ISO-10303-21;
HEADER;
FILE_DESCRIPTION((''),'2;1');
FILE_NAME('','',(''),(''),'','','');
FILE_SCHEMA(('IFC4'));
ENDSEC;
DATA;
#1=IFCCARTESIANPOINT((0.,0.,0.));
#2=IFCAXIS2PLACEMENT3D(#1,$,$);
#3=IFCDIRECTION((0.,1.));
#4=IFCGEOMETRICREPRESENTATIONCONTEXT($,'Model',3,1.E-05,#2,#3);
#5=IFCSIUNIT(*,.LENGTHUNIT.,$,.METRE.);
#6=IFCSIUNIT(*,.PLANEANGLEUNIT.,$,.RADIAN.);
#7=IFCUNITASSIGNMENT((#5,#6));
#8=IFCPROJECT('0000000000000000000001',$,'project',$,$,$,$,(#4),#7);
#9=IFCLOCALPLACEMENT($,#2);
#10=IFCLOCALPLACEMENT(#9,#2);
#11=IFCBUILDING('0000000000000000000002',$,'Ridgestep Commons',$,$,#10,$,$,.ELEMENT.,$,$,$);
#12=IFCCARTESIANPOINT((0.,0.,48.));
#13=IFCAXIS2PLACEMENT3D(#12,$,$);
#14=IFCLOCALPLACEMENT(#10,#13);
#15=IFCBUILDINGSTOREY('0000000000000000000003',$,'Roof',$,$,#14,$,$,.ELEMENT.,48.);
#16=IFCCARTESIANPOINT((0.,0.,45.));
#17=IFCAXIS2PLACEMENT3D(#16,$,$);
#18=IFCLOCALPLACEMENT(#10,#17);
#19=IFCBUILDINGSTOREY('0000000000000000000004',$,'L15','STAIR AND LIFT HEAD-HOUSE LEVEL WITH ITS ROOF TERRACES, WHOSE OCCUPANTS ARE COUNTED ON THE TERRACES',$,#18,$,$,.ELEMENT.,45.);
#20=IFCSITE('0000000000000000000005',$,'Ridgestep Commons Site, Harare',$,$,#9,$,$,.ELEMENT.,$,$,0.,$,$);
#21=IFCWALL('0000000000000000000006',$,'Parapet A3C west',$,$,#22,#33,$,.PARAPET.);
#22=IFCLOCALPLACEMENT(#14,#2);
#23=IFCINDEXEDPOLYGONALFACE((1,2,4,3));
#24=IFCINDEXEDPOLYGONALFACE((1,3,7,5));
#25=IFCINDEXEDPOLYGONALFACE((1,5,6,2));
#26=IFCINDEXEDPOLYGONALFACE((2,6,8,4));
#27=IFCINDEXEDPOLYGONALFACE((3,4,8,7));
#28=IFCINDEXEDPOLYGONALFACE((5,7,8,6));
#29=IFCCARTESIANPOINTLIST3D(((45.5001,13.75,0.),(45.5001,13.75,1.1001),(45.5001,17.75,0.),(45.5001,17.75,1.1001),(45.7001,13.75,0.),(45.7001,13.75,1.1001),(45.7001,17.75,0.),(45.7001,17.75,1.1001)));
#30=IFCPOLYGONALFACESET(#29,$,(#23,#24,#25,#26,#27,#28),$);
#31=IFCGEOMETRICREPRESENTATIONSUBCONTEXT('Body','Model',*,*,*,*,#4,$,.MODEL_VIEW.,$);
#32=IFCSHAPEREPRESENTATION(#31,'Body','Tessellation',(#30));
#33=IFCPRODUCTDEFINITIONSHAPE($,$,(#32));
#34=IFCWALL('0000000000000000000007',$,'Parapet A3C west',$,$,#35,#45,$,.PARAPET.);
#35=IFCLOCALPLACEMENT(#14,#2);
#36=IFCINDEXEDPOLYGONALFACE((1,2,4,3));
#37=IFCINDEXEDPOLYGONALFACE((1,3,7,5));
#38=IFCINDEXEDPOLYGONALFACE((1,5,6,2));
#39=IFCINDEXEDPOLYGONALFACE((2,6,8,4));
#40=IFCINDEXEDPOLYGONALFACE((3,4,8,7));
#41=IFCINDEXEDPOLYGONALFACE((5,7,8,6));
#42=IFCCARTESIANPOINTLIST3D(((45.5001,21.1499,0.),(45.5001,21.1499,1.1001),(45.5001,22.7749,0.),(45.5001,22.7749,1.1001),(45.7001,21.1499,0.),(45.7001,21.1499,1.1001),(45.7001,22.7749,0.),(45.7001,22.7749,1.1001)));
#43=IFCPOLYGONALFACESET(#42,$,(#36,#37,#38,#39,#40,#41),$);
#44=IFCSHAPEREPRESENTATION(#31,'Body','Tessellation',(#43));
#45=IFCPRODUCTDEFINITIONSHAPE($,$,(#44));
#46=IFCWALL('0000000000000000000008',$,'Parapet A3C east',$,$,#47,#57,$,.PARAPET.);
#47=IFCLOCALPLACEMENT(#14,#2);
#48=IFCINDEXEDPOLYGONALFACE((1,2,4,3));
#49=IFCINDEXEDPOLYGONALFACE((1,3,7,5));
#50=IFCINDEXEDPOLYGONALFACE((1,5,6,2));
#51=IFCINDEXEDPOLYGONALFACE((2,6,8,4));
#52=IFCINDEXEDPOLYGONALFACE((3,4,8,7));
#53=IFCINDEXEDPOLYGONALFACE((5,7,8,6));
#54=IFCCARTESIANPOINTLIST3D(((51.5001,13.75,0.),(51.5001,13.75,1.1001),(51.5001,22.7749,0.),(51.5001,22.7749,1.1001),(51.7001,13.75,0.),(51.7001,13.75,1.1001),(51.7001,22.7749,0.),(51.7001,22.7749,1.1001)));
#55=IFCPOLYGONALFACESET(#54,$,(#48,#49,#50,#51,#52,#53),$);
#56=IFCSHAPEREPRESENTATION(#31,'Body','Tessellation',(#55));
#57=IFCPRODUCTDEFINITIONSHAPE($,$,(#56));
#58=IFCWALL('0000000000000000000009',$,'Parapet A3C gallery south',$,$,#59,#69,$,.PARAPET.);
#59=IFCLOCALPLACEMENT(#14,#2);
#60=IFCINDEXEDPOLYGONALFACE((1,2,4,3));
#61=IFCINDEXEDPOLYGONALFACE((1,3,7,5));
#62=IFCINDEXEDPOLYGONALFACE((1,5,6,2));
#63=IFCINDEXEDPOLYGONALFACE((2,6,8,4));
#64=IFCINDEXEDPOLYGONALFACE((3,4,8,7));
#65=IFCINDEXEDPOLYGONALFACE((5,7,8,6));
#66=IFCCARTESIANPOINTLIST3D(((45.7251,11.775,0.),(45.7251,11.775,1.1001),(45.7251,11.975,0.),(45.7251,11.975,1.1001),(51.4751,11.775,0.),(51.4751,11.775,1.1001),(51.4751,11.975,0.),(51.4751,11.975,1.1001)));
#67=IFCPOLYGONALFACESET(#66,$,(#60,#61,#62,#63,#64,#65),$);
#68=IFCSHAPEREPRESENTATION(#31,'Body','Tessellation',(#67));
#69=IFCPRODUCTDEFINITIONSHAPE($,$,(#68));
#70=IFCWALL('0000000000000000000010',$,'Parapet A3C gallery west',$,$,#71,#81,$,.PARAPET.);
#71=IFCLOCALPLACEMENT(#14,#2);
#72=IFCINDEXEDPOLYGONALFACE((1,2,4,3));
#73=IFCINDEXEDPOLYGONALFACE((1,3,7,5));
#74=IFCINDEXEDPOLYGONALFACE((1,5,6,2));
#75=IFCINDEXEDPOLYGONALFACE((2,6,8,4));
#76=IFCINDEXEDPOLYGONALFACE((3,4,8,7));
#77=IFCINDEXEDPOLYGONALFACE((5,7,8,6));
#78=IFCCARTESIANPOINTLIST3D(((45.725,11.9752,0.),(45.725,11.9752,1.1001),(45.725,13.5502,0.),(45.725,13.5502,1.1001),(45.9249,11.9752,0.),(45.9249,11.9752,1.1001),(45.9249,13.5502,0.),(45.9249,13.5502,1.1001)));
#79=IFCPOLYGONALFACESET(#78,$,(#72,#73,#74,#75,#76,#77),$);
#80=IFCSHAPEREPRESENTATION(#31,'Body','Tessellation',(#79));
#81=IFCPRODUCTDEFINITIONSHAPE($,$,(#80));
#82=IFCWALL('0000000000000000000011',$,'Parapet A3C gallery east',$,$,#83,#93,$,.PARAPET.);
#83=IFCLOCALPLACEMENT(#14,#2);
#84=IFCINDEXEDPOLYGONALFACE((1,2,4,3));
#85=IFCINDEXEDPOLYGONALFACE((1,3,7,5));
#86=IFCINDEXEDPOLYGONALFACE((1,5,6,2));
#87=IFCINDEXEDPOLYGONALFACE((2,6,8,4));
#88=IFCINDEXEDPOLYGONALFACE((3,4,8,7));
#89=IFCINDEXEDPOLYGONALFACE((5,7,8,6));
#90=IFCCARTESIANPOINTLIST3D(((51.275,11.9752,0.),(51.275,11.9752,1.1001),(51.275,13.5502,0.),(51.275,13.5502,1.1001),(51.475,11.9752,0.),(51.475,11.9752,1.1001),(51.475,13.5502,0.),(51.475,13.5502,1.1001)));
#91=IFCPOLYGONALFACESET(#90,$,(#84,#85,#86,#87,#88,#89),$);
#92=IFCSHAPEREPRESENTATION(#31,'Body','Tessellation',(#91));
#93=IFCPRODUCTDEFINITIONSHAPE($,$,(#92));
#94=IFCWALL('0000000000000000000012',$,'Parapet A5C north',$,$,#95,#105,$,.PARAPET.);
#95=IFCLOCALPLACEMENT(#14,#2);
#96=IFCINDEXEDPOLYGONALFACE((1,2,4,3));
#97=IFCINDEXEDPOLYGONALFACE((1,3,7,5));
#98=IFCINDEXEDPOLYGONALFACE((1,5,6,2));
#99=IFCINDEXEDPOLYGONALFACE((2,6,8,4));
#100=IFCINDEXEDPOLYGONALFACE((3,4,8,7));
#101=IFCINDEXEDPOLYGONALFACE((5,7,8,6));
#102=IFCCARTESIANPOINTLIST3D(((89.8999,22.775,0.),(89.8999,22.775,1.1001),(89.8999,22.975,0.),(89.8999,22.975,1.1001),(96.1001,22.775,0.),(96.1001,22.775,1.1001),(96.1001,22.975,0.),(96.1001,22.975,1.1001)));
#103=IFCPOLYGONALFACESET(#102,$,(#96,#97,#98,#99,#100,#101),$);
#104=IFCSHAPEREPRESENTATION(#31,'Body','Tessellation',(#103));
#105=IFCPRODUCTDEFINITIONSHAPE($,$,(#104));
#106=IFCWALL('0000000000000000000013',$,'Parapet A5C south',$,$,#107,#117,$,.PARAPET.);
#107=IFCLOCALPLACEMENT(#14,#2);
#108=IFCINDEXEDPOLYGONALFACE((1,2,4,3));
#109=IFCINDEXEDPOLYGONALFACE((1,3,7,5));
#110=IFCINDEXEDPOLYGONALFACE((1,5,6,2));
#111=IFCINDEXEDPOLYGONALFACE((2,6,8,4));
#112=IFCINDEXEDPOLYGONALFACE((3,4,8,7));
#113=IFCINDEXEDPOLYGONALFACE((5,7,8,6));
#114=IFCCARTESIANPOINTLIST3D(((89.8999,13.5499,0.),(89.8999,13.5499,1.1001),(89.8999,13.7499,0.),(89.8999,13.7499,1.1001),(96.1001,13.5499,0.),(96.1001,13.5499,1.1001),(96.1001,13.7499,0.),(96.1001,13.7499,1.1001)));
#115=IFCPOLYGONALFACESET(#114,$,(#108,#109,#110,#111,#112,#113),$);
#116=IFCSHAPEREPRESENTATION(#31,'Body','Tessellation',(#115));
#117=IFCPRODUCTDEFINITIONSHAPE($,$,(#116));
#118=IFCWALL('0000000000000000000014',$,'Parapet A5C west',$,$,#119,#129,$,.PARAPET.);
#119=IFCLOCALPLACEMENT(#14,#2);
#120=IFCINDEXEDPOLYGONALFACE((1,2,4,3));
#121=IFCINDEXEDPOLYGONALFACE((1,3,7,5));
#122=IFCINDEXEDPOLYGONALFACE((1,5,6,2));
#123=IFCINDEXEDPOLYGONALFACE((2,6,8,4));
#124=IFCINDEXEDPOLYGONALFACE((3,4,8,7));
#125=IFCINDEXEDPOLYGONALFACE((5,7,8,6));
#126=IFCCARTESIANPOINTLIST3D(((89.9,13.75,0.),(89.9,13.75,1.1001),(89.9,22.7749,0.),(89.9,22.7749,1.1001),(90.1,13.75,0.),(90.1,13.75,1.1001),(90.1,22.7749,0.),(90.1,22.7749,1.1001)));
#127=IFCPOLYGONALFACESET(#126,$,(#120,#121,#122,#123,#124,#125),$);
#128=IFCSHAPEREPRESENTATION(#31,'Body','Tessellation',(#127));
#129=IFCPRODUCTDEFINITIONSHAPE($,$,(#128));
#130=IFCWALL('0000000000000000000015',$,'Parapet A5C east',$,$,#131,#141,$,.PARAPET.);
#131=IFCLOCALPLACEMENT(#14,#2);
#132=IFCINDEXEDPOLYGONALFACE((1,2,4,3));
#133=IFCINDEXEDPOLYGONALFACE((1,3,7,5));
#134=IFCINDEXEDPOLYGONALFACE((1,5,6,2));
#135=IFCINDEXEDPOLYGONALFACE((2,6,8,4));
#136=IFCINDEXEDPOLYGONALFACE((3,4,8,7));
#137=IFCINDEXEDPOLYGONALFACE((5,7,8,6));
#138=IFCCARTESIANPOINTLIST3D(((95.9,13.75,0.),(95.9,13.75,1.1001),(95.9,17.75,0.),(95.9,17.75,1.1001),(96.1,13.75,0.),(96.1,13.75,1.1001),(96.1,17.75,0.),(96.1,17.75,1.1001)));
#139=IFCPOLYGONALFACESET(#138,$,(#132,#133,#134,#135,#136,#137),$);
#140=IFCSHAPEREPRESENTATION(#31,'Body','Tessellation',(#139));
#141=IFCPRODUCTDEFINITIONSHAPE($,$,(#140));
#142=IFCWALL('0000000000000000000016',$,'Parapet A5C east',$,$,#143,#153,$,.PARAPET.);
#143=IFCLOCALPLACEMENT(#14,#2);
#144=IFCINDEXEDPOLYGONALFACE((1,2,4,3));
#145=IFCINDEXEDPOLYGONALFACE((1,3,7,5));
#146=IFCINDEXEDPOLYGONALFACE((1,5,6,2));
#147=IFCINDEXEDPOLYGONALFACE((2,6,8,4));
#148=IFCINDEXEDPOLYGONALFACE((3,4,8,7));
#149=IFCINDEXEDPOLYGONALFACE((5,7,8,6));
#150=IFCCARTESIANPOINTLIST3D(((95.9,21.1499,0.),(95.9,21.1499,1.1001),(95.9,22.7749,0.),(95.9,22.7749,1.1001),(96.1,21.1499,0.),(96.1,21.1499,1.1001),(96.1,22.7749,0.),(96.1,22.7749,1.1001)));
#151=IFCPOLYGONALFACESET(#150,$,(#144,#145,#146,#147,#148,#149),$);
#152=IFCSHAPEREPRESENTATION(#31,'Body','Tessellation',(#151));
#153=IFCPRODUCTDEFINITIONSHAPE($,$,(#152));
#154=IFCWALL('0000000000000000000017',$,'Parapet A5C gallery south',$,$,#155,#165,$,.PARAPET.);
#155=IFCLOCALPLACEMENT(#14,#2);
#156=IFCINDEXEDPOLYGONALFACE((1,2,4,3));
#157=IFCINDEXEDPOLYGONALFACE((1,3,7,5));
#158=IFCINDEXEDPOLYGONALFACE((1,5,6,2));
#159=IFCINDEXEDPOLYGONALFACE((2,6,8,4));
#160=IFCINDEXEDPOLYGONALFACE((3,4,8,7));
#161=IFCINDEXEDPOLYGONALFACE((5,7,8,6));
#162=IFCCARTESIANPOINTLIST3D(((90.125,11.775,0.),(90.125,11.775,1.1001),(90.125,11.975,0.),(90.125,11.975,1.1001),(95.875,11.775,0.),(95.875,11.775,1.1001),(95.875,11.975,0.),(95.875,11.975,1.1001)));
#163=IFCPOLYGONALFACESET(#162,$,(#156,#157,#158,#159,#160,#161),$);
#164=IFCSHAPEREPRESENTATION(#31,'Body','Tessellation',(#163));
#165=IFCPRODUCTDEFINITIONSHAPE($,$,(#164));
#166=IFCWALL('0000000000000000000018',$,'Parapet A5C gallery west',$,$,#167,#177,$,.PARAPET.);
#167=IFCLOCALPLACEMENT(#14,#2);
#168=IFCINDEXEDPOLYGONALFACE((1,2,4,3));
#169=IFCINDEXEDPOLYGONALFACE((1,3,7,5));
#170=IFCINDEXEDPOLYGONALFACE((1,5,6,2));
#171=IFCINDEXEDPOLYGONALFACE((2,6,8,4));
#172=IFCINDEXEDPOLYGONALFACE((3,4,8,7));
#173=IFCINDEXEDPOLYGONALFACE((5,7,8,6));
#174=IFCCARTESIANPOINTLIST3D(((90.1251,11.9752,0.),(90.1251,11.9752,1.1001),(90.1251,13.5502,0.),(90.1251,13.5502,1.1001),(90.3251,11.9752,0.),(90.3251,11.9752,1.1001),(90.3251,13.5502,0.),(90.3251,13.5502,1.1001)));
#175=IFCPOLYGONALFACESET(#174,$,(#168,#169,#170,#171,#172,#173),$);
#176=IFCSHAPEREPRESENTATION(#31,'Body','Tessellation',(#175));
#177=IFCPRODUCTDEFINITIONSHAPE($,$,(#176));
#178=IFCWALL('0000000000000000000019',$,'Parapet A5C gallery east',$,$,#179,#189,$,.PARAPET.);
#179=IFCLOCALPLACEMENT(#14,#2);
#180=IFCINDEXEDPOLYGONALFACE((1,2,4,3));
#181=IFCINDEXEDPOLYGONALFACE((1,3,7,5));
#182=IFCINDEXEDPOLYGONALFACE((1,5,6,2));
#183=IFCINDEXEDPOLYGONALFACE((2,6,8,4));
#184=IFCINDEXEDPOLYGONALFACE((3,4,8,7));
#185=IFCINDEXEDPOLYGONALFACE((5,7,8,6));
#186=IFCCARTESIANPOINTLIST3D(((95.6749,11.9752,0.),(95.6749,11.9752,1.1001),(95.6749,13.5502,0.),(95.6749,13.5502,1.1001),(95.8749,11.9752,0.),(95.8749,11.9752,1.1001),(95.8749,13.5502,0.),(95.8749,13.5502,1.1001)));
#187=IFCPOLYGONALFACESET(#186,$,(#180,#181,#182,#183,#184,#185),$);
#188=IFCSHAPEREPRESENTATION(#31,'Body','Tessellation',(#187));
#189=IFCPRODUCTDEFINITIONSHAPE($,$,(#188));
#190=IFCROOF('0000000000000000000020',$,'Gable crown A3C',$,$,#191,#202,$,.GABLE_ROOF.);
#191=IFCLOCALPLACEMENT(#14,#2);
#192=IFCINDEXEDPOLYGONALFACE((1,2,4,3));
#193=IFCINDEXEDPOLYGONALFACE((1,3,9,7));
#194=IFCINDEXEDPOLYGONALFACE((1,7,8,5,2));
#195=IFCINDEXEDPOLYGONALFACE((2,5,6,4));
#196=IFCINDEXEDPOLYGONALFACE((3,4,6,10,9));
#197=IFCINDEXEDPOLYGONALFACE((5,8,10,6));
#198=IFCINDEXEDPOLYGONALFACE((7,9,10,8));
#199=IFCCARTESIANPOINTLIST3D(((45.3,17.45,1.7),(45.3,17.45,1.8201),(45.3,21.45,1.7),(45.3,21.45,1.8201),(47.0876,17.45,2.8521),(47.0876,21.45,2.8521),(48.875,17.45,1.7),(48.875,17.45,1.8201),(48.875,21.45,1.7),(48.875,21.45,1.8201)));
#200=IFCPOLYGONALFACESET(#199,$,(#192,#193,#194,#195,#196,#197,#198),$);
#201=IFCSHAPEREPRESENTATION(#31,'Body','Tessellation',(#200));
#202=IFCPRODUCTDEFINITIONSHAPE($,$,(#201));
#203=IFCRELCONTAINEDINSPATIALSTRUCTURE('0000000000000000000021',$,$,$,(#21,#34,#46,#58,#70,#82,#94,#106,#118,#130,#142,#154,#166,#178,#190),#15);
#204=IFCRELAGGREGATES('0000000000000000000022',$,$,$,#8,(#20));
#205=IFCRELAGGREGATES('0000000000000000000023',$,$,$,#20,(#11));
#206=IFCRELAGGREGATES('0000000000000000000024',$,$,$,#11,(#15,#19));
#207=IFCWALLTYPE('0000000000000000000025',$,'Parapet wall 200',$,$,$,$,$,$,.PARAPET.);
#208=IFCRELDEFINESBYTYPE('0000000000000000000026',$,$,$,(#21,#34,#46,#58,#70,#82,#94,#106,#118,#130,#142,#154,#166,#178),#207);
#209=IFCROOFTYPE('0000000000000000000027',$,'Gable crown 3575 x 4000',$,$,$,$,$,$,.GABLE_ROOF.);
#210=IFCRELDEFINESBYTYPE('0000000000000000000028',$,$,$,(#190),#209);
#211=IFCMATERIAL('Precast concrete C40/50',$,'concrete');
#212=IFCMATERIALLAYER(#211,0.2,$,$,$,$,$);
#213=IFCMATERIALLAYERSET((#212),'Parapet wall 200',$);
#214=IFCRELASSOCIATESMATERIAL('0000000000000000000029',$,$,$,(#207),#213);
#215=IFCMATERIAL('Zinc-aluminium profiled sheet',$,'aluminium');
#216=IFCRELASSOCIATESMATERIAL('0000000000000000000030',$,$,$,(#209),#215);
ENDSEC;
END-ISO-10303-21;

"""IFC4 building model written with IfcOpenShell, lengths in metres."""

from ifc_helpers import new_model, si_unit, direction, frame, frame_2d, origin, place, context, subcontext, project, spatial, polyline, rectangle, outline, extrude, material, layer, layer_set, type_object, element, save


model = new_model("IFC4")

# Units and contexts
model_context = context("Model", 3, precision=1e-05, world=origin(), true_north=direction((0.0, 1.0)))
body_context = subcontext(model_context, "Body", "Model", "MODEL_VIEW")
ifc_project = project(units=[si_unit("LENGTHUNIT", "METRE"), si_unit("PLANEANGLEUNIT", "RADIAN")], contexts=[model_context])

# Site, building, storey
site_placement = place(None, origin())
site = spatial("IfcSite", under=ifc_project, at=site_placement, Name="Ridgestep Commons Site, Harare", CompositionType="ELEMENT", RefElevation=0.0)
building_placement = place(site_placement, origin())
building = spatial("IfcBuilding", under=site, at=building_placement, Name="Ridgestep Commons", CompositionType="ELEMENT")
storey_1_placement = place(building_placement, frame((0.0, 0.0, 48.0)))
storey_1 = spatial("IfcBuildingStorey", under=building, at=storey_1_placement, Name="Roof", CompositionType="ELEMENT", Elevation=48.0)

# Shared definitions
storey_2_placement = place(building_placement, frame((0.0, 0.0, 45.0)))
storey_2 = spatial("IfcBuildingStorey", under=building, at=storey_2_placement, Name="L15", Description="STAIR AND LIFT HEAD-HOUSE LEVEL WITH ITS ROOF TERRACES, WHOSE OCCUPANTS ARE COUNTED ON THE TERRACES", CompositionType="ELEMENT", Elevation=45.0)

# Walls
ifc_material_1 = material(Name="Precast concrete C40/50", Category="concrete")
ifc_layer_1 = layer(ifc_material_1, 0.2)
ifc_layer_set_1 = layer_set([ifc_layer_1], Name="Parapet wall 200")
wall_type = type_object("IfcWallType", Name="Parapet wall 200", PredefinedType="PARAPET", material=ifc_layer_set_1)
wall_1_placement = place(storey_1_placement, frame((45.6001, 13.75, 0.0), z_axis=(0.0, 0.0, 1.0), x_axis=(0.0, 1.0, 0.0)))
element("IfcWall", 1, at=wall_1_placement, inside=storey_1, type_object=wall_type, Name="Parapet A3C west", PredefinedType="PARAPET", context=body_context, shape_type="SweptSolid", body=[
    extrude(rectangle(XDim=4.0, YDim=0.2, at=frame_2d((2.0, 0.0))), origin(), (0.0, 0.0, 1.0), 1.1001),
])
wall_2_placement = place(storey_1_placement, frame((45.6001, 21.1499, 0.0), z_axis=(0.0, 0.0, 1.0), x_axis=(0.0, 1.0, 0.0)))
element("IfcWall", 2, at=wall_2_placement, inside=storey_1, type_object=wall_type, Name="Parapet A3C west", PredefinedType="PARAPET", context=body_context, shape_type="SweptSolid", body=[
    extrude(rectangle(XDim=1.625, YDim=0.2, at=frame_2d((0.8125, 0.0))), origin(), (0.0, 0.0, 1.0), 1.1001),
])
wall_3_placement = place(storey_1_placement, frame((51.6001, 13.75, 0.0), z_axis=(0.0, 0.0, 1.0), x_axis=(0.0, 1.0, 0.0)))
element("IfcWall", 3, at=wall_3_placement, inside=storey_1, type_object=wall_type, Name="Parapet A3C east", PredefinedType="PARAPET", context=body_context, shape_type="SweptSolid", body=[
    extrude(rectangle(XDim=9.0249, YDim=0.2, at=frame_2d((4.5125, 0.0))), origin(), (0.0, 0.0, 1.0), 1.1001),
])
wall_4_placement = place(storey_1_placement, frame((45.7251, 11.875, 0.0), z_axis=(0.0, 0.0, 1.0), x_axis=(1.0, 0.0, 0.0)))
element("IfcWall", 4, at=wall_4_placement, inside=storey_1, type_object=wall_type, Name="Parapet A3C gallery south", PredefinedType="PARAPET", context=body_context, shape_type="SweptSolid", body=[
    extrude(rectangle(XDim=5.75, YDim=0.2, at=frame_2d((2.875, 0.0))), origin(), (0.0, 0.0, 1.0), 1.1001),
])
for number, where, z_axis, x_axis, name in (
    (5, (45.825, 11.9751, 0.0), (0.0, 0.0, 1.0), (0.0, 1.0, 0.0), "Parapet A3C gallery west"),
    (6, (51.375, 11.9751, 0.0), (0.0, 0.0, 1.0), (0.0, 1.0, 0.0), "Parapet A3C gallery east"),
):
    element("IfcWall", number, at=place(storey_1_placement, frame(where, z_axis=z_axis, x_axis=x_axis)), inside=storey_1, type_object=wall_type, Name=name, PredefinedType="PARAPET", context=body_context, shape_type="SweptSolid", body=[
        extrude(rectangle(XDim=1.575, YDim=0.2, at=frame_2d((0.7876, 0.0))), origin(), (0.0, 0.0, 1.0), 1.1001),
    ])
for number, where, z_axis, x_axis, name in (
    (7, (89.8999, 22.875, 0.0), (0.0, 0.0, 1.0), (1.0, 0.0, 0.0), "Parapet A5C north"),
    (8, (89.8999, 13.6499, 0.0), (0.0, 0.0, 1.0), (1.0, 0.0, 0.0), "Parapet A5C south"),
):
    element("IfcWall", number, at=place(storey_1_placement, frame(where, z_axis=z_axis, x_axis=x_axis)), inside=storey_1, type_object=wall_type, Name=name, PredefinedType="PARAPET", context=body_context, shape_type="SweptSolid", body=[
        extrude(rectangle(XDim=6.2002, YDim=0.2, at=frame_2d((3.1001, 0.0))), origin(), (0.0, 0.0, 1.0), 1.1001),
    ])
wall_5_placement = place(storey_1_placement, frame((90.0, 13.75, 0.0), z_axis=(0.0, 0.0, 1.0), x_axis=(0.0, 1.0, 0.0)))
element("IfcWall", 9, at=wall_5_placement, inside=storey_1, type_object=wall_type, Name="Parapet A5C west", PredefinedType="PARAPET", context=body_context, shape_type="SweptSolid", body=[
    extrude(rectangle(XDim=9.0249, YDim=0.2, at=frame_2d((4.5125, 0.0))), origin(), (0.0, 0.0, 1.0), 1.1001),
])
wall_6_placement = place(storey_1_placement, frame((96.0, 13.75, 0.0), z_axis=(0.0, 0.0, 1.0), x_axis=(0.0, 1.0, 0.0)))
element("IfcWall", 10, at=wall_6_placement, inside=storey_1, type_object=wall_type, Name="Parapet A5C east", PredefinedType="PARAPET", context=body_context, shape_type="SweptSolid", body=[
    extrude(rectangle(XDim=4.0, YDim=0.2, at=frame_2d((2.0, 0.0))), origin(), (0.0, 0.0, 1.0), 1.1001),
])
wall_7_placement = place(storey_1_placement, frame((96.0, 21.1499, 0.0), z_axis=(0.0, 0.0, 1.0), x_axis=(0.0, 1.0, 0.0)))
element("IfcWall", 11, at=wall_7_placement, inside=storey_1, type_object=wall_type, Name="Parapet A5C east", PredefinedType="PARAPET", context=body_context, shape_type="SweptSolid", body=[
    extrude(rectangle(XDim=1.625, YDim=0.2, at=frame_2d((0.8125, 0.0))), origin(), (0.0, 0.0, 1.0), 1.1001),
])
wall_8_placement = place(storey_1_placement, frame((90.125, 11.875, 0.0), z_axis=(0.0, 0.0, 1.0), x_axis=(1.0, 0.0, 0.0)))
element("IfcWall", 12, at=wall_8_placement, inside=storey_1, type_object=wall_type, Name="Parapet A5C gallery south", PredefinedType="PARAPET", context=body_context, shape_type="SweptSolid", body=[
    extrude(rectangle(XDim=5.75, YDim=0.2, at=frame_2d((2.875, 0.0))), origin(), (0.0, 0.0, 1.0), 1.1001),
])
for number, where, z_axis, x_axis, name in (
    (13, (90.2251, 11.9751, 0.0), (0.0, 0.0, 1.0), (0.0, 1.0, 0.0), "Parapet A5C gallery west"),
    (14, (95.7749, 11.9751, 0.0), (0.0, 0.0, 1.0), (0.0, 1.0, 0.0), "Parapet A5C gallery east"),
):
    element("IfcWall", number, at=place(storey_1_placement, frame(where, z_axis=z_axis, x_axis=x_axis)), inside=storey_1, type_object=wall_type, Name=name, PredefinedType="PARAPET", context=body_context, shape_type="SweptSolid", body=[
        extrude(rectangle(XDim=1.575, YDim=0.2, at=frame_2d((0.7876, 0.0))), origin(), (0.0, 0.0, 1.0), 1.1001),
    ])

# Roof
ifc_material_2 = material(Name="Zinc-aluminium profiled sheet", Category="aluminium")
roof_type = type_object("IfcRoofType", Name="Gable crown 3575 x 4000", PredefinedType="GABLE_ROOF", material=ifc_material_2)
for number, where, z_axis, x_axis, name in (
    (15, (45.3, 19.45, 1.7), (0.0, 0.0, 1.0), (1.0, 0.0, 0.0), "Gable crown A3C"),
):
    element("IfcRoof", number, at=place(storey_1_placement, frame(where, z_axis=z_axis, x_axis=x_axis)), inside=storey_1, type_object=roof_type, Name=name, PredefinedType="GABLE_ROOF", context=body_context, shape_type="SweptSolid", body=[
        extrude(outline(polyline([(0.0, 0.0), (3.575, 0.0), (3.575, 0.1201), (1.7876, 1.1521), (0.0, 0.1201), (0.0, 0.0)])), frame((0.0, 2.0, 0.0), z_axis=(0.0, -1.0, 0.0), x_axis=(1.0, 0.0, 0.0)), (0.0, 0.0, 1.0), 4.0),
    ])

save(model, "model.ifc")
